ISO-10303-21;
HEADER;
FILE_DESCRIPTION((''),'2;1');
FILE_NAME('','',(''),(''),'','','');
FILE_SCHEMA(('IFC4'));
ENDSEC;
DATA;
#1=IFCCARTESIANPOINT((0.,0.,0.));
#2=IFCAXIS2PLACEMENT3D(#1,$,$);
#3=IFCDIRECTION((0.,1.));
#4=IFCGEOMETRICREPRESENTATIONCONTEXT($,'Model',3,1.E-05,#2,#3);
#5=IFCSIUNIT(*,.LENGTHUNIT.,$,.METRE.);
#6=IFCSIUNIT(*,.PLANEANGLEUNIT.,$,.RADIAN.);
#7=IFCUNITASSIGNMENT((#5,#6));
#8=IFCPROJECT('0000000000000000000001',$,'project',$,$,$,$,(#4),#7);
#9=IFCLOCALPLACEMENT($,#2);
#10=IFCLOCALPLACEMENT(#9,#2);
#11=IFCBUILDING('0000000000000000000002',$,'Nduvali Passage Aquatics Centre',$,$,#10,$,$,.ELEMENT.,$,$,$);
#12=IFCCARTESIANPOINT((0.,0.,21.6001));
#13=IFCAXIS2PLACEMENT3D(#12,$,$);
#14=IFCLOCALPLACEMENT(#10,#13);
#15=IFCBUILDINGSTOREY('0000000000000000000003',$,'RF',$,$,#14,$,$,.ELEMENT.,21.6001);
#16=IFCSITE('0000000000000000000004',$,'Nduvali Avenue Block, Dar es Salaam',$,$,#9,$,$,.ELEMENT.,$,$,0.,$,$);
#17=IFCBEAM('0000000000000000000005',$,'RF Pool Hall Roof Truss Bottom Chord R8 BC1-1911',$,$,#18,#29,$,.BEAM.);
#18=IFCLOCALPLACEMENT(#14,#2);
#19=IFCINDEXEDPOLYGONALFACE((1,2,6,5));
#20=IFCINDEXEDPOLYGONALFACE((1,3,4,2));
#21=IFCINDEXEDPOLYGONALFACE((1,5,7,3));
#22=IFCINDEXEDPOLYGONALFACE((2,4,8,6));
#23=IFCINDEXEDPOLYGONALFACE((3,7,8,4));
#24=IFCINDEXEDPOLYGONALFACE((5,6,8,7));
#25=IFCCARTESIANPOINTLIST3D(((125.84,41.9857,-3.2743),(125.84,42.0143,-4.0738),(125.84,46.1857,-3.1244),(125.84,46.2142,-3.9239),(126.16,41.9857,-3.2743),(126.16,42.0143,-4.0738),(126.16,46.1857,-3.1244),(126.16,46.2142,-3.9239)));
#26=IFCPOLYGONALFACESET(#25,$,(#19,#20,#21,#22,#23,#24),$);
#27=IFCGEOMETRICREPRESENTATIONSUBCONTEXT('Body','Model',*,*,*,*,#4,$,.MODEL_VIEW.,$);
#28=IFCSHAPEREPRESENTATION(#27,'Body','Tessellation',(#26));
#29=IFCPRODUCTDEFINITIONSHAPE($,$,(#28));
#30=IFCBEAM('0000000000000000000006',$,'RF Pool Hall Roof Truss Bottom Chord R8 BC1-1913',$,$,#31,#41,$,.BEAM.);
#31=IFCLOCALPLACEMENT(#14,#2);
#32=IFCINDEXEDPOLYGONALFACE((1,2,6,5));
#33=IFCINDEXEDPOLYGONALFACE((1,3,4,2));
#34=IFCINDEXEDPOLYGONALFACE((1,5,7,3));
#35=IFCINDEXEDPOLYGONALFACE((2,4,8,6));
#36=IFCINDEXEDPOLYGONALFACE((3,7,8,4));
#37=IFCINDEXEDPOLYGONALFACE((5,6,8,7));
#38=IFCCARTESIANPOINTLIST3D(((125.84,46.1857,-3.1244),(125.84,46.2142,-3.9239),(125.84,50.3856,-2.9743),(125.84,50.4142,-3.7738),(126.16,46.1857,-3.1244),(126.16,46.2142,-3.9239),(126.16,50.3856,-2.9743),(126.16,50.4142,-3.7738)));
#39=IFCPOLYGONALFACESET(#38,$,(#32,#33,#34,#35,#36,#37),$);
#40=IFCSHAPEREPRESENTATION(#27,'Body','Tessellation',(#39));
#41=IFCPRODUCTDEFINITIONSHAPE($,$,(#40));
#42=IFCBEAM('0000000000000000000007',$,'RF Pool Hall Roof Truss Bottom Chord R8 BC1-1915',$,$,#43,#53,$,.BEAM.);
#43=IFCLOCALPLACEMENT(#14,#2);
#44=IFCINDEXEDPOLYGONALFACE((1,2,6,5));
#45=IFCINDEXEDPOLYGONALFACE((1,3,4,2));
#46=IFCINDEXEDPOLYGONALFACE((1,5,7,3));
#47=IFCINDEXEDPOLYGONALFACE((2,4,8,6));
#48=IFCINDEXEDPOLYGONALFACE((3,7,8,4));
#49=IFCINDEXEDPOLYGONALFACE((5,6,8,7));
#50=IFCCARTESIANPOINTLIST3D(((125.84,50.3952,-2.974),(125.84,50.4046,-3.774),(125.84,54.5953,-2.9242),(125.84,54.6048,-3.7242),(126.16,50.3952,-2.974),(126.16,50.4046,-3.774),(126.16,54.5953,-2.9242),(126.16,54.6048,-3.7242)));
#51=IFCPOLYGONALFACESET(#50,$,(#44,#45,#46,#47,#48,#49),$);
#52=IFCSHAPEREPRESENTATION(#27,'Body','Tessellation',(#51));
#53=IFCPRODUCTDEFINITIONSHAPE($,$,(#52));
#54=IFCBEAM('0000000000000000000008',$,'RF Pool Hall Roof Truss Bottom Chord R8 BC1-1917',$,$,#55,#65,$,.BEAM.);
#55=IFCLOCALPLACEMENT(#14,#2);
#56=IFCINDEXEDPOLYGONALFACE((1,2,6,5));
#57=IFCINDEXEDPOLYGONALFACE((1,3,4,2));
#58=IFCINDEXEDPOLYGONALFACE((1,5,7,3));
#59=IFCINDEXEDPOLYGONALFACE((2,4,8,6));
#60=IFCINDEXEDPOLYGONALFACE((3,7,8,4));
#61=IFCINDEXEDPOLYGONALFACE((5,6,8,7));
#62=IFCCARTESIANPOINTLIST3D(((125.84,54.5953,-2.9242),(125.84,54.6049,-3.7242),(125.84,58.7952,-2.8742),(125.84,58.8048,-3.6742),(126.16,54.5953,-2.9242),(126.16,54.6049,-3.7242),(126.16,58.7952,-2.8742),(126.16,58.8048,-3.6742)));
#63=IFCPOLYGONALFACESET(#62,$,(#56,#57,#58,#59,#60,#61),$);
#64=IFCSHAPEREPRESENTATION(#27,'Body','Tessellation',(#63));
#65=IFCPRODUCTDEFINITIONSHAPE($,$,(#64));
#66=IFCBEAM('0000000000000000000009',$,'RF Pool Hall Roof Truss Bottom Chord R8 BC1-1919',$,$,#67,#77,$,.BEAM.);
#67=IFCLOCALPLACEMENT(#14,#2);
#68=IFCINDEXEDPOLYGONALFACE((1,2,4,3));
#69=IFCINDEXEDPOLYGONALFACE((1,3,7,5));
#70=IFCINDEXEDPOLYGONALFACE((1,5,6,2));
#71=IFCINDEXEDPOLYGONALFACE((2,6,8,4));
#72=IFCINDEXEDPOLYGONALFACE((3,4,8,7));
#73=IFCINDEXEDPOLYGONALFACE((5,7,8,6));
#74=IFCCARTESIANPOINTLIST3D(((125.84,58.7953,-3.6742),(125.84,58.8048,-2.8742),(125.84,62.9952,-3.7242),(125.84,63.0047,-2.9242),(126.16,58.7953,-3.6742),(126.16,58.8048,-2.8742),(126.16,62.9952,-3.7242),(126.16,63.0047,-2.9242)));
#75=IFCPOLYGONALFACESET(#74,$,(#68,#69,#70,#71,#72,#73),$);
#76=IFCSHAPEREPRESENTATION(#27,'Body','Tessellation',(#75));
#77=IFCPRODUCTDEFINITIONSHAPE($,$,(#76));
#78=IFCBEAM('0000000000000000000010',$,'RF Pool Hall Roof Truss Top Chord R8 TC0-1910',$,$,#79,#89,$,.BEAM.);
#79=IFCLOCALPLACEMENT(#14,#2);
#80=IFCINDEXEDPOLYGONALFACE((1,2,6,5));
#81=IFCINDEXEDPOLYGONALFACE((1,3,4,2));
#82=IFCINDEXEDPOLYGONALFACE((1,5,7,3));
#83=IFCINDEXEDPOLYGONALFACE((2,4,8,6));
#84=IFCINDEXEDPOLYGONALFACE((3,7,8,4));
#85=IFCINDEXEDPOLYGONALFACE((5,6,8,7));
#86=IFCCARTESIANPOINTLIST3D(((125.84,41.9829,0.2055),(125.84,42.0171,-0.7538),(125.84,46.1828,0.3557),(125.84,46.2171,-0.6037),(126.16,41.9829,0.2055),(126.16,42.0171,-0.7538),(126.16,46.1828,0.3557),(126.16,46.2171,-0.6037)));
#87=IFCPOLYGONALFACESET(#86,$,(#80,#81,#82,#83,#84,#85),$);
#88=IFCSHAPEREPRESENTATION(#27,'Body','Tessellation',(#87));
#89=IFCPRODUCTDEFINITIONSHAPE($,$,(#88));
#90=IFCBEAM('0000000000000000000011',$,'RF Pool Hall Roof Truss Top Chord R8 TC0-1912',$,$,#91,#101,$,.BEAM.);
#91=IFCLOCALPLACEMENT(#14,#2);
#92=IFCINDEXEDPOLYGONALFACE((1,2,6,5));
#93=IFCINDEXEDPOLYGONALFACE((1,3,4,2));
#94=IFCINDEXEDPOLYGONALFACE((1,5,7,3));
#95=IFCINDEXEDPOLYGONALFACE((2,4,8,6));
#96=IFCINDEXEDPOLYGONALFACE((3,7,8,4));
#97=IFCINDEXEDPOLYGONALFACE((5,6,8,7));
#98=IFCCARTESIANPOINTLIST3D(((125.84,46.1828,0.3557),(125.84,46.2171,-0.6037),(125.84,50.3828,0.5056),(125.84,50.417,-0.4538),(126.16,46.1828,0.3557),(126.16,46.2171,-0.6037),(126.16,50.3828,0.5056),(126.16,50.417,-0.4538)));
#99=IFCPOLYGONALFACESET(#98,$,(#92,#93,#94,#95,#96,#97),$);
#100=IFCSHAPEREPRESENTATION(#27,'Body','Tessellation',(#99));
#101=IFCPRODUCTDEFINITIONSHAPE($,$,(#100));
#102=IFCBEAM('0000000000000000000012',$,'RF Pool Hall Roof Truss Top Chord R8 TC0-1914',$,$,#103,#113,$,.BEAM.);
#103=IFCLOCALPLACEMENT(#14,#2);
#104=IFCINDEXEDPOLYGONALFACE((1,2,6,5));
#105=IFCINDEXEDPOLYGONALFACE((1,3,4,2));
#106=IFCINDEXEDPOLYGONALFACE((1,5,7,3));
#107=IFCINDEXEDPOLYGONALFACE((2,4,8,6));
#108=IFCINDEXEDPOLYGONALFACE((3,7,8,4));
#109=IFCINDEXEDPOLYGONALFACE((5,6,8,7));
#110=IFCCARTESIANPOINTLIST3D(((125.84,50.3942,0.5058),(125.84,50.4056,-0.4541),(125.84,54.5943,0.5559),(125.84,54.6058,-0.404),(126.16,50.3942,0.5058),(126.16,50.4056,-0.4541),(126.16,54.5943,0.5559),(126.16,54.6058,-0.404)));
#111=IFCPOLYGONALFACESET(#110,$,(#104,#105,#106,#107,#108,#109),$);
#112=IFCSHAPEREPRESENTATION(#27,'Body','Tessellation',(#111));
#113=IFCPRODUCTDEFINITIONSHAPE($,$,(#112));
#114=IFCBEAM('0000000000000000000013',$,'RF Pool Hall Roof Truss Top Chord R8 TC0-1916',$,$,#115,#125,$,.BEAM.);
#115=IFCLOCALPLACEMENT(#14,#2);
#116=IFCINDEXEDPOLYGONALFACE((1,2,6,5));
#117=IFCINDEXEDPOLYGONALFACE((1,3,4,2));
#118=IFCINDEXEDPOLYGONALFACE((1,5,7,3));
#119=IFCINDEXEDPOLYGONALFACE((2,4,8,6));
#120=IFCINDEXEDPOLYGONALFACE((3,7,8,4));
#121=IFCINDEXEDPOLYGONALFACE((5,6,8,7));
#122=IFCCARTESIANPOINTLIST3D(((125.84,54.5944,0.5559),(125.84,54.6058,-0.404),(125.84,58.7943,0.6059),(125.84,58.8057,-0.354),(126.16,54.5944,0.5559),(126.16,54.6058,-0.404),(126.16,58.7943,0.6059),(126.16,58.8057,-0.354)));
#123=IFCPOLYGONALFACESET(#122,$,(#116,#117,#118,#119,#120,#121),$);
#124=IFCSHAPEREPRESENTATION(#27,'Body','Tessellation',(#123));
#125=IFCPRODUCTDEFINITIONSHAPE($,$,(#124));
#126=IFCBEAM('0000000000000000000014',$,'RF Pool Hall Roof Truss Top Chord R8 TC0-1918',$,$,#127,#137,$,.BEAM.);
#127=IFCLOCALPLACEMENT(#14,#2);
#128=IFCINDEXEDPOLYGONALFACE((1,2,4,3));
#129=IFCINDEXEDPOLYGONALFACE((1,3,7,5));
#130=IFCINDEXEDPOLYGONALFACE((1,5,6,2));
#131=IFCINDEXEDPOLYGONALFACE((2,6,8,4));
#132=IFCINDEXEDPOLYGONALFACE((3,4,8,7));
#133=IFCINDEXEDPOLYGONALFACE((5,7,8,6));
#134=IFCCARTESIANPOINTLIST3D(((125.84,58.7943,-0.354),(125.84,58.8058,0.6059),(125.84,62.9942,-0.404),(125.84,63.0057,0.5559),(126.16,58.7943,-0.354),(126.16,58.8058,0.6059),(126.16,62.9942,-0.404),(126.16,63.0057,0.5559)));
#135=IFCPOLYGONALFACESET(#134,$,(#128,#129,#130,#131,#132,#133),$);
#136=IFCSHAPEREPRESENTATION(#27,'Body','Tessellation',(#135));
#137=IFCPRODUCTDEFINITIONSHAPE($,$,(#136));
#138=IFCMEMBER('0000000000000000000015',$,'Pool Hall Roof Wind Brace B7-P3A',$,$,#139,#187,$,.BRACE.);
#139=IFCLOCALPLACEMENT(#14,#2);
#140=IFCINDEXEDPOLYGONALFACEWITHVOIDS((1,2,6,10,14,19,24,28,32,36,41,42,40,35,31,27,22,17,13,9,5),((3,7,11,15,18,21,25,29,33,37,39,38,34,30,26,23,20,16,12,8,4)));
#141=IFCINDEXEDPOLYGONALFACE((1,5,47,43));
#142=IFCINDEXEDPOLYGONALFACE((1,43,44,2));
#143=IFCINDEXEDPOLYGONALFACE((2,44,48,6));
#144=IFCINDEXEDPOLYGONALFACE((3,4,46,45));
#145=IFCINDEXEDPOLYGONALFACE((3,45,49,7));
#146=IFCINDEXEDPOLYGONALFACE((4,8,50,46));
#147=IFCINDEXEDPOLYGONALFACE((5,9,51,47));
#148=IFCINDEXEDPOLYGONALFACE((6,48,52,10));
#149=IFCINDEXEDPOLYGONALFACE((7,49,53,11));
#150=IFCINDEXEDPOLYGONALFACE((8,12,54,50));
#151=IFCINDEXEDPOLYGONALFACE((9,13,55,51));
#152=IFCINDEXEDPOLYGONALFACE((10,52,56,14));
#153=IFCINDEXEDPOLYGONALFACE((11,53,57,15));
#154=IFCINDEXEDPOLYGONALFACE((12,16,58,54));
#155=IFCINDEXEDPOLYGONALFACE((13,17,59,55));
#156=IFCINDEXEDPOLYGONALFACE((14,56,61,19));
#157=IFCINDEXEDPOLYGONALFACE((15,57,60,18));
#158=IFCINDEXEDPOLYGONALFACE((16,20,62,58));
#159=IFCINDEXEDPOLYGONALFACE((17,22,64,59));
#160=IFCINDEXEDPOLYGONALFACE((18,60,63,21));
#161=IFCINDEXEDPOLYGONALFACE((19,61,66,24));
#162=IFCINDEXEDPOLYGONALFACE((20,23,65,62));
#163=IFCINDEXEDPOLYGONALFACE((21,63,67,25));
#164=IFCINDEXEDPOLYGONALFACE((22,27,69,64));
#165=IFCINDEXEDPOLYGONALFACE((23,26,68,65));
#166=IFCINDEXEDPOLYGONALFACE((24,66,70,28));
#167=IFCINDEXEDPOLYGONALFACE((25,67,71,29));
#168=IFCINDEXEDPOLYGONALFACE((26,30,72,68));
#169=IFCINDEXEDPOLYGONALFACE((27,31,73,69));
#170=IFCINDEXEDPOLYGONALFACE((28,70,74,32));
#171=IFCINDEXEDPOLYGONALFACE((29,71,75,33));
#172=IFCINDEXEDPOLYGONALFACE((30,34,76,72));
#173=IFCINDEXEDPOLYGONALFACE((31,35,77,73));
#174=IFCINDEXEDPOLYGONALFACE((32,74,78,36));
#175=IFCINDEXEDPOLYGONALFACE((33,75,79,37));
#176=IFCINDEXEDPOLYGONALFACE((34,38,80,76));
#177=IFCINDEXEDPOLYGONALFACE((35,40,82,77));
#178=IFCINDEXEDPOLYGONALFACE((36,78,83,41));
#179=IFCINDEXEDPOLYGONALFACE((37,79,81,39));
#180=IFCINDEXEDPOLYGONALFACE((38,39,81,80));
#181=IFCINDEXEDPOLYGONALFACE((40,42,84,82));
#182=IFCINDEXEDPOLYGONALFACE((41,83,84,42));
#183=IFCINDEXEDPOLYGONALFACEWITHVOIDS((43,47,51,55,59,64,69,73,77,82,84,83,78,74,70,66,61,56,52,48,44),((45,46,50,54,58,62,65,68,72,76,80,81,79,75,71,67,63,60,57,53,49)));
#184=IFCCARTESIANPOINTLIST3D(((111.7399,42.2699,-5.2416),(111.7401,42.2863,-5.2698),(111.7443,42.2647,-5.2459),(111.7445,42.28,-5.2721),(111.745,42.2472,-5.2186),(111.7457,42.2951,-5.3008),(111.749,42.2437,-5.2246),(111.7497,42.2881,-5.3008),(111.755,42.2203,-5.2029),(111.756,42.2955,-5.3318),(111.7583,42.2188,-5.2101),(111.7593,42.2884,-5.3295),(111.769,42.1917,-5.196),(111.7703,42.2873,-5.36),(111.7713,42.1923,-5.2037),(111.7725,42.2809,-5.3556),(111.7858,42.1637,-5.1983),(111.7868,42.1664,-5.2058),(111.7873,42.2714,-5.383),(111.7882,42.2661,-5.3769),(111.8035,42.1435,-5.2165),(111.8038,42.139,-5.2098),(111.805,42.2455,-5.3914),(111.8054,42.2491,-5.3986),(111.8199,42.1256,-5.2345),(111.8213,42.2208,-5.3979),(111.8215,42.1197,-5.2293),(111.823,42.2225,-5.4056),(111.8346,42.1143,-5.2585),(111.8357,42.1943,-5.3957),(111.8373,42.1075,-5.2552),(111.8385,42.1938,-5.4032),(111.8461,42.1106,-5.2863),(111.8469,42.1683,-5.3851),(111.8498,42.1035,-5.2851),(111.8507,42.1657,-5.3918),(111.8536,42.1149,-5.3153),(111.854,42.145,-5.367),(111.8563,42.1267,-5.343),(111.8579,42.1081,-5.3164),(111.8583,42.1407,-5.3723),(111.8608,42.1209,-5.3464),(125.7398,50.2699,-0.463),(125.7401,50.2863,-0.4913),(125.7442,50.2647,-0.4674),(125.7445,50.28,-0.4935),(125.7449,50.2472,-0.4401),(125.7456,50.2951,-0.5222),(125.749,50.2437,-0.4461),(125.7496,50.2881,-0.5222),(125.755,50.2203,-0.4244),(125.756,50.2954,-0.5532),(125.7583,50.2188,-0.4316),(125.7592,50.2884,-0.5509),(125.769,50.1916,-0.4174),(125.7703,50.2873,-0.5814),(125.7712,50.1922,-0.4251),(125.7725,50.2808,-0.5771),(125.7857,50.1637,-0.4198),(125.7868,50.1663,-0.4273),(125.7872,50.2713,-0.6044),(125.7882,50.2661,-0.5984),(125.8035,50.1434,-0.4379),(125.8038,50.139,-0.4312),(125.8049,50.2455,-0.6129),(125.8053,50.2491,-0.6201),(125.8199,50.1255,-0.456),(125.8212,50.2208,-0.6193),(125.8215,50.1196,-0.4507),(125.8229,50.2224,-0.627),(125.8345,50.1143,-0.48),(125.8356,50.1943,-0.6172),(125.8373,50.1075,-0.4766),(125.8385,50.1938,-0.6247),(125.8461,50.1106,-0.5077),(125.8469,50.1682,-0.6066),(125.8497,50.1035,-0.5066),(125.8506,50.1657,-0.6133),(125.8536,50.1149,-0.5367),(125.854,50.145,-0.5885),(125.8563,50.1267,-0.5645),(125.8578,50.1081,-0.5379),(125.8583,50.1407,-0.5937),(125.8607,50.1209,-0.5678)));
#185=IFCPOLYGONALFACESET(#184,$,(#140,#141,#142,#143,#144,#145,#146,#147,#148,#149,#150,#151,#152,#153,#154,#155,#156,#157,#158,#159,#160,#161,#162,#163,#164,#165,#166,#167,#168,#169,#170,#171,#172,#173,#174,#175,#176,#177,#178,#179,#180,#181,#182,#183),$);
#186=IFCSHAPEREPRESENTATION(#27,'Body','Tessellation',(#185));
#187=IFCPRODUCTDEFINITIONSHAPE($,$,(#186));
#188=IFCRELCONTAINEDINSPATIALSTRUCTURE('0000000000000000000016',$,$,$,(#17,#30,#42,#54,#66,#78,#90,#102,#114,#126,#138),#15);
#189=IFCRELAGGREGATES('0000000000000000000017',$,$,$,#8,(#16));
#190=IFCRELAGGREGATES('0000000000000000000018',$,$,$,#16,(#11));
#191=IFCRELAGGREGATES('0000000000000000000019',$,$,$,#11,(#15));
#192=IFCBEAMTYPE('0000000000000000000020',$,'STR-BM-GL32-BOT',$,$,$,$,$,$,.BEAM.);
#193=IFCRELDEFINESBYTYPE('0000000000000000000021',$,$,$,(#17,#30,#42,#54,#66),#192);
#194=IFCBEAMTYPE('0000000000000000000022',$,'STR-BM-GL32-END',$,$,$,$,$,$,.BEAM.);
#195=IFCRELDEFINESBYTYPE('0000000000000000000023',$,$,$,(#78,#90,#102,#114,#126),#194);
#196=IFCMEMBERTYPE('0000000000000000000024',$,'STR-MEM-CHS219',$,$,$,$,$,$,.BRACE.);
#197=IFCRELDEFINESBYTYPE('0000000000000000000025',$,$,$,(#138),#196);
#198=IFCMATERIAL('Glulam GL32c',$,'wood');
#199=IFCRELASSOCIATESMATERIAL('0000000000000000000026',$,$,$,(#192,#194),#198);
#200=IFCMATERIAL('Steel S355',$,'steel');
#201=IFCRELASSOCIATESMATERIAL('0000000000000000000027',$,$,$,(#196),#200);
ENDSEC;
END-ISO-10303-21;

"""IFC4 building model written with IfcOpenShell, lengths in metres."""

from ifc_helpers import new_model, si_unit, direction, frame, origin, origin_2d, place, context, subcontext, project, spatial, rectangle, hollow_circle, extrude, material, material_profile, profile_set, type_object, element, save


model = new_model("IFC4")

# Units and contexts
model_context = context("Model", 3, precision=1e-05, world=origin(), true_north=direction((0.0, 1.0)))
body_context = subcontext(model_context, "Body", "Model", "MODEL_VIEW")
ifc_project = project(units=[si_unit("LENGTHUNIT", "METRE"), si_unit("PLANEANGLEUNIT", "RADIAN")], contexts=[model_context])

# Site, building, storey
site_placement = place(None, origin())
site = spatial("IfcSite", under=ifc_project, at=site_placement, Name="Nduvali Avenue Block, Dar es Salaam", CompositionType="ELEMENT", RefElevation=0.0)
building_placement = place(site_placement, origin())
building = spatial("IfcBuilding", under=site, at=building_placement, Name="Nduvali Passage Aquatics Centre", CompositionType="ELEMENT")
storey_placement = place(building_placement, frame((0.0, 0.0, 21.6001)))
storey = spatial("IfcBuildingStorey", under=building, at=storey_placement, Name="RF", CompositionType="ELEMENT", Elevation=21.6001)

# Beams
ifc_material_1 = material(Name="Glulam GL32c", Category="wood")
ifc_material_profile_1 = material_profile(ifc_material_1, rectangle(XDim=0.3201, YDim=0.8, at=origin_2d()), Name="GL32c 320x800")
ifc_profile_set_1 = profile_set([ifc_material_profile_1], Name="Glulam GL32c")
beam_type_1 = type_object("IfcBeamType", Name="STR-BM-GL32-BOT", PredefinedType="BEAM", material=ifc_profile_set_1)
for number, where, z_axis, x_axis, name in (
    (1, (126.0, 42.0, -3.6741), (0.0, 0.999364, 0.035669), (-1.0, 0.0, 0.0), "RF Pool Hall Roof Truss Bottom Chord R8 BC1-1911"),
    (2, (126.0, 46.2, -3.5242), (0.0, 0.999362, 0.035727), (-1.0, 0.0, 0.0), "RF Pool Hall Roof Truss Bottom Chord R8 BC1-1913"),
):
    element("IfcBeam", number, at=place(storey_placement, frame(where, z_axis=z_axis, x_axis=x_axis)), inside=storey, type_object=beam_type_1, Name=name, PredefinedType="BEAM", context=body_context, shape_type="SweptSolid", body=[
        extrude(rectangle(XDim=0.3201, YDim=0.8, at=origin_2d()), origin(), (0.0, 0.0, 1.0), 4.2026),
    ])
beam_1_placement = place(storey_placement, frame((126.0, 50.3999, -3.374), z_axis=(0.0, 0.99993, 0.011857), x_axis=(-1.0, 0.0, 0.0)))
element("IfcBeam", 3, at=beam_1_placement, inside=storey, type_object=beam_type_1, Name="RF Pool Hall Roof Truss Bottom Chord R8 BC1-1915", PredefinedType="BEAM", context=body_context, shape_type="SweptSolid", body=[
    extrude(rectangle(XDim=0.3201, YDim=0.8, at=origin_2d()), origin(), (0.0, 0.0, 1.0), 4.2004),
])
for number, where, z_axis, x_axis, name in (
    (4, (126.0, 54.6001, -3.3242), (0.0, 0.999929, 0.011916), (-1.0, 0.0, 0.0), "RF Pool Hall Roof Truss Bottom Chord R8 BC1-1917"),
    (5, (126.0, 58.8, -3.2742), (0.0, 0.999929, -0.011916), (-1.0, 0.0, 0.0), "RF Pool Hall Roof Truss Bottom Chord R8 BC1-1919"),
):
    element("IfcBeam", number, at=place(storey_placement, frame(where, z_axis=z_axis, x_axis=x_axis)), inside=storey, type_object=beam_type_1, Name=name, PredefinedType="BEAM", context=body_context, shape_type="SweptSolid", body=[
        extrude(rectangle(XDim=0.3201, YDim=0.8, at=origin_2d()), origin(), (0.0, 0.0, 1.0), 4.2002),
    ])
ifc_material_profile_2 = material_profile(ifc_material_1, rectangle(XDim=0.3201, YDim=0.96, at=origin_2d()), Name="GL32c 320x960")
ifc_profile_set_2 = profile_set([ifc_material_profile_2], Name="Glulam GL32c")
beam_type_2 = type_object("IfcBeamType", Name="STR-BM-GL32-END", PredefinedType="BEAM", material=ifc_profile_set_2)
for number, where, z_axis, x_axis, name in (
    (6, (126.0, 42.0, -0.2742), (0.0, 0.999362, 0.035727), (-1.0, 0.0, 0.0), "RF Pool Hall Roof Truss Top Chord R8 TC0-1910"),
    (7, (126.0, 46.2, -0.124), (0.0, 0.999364, 0.035669), (-1.0, 0.0, 0.0), "RF Pool Hall Roof Truss Top Chord R8 TC0-1912"),
):
    element("IfcBeam", number, at=place(storey_placement, frame(where, z_axis=z_axis, x_axis=x_axis)), inside=storey, type_object=beam_type_2, Name=name, PredefinedType="BEAM", context=body_context, shape_type="SweptSolid", body=[
        extrude(rectangle(XDim=0.3201, YDim=0.96, at=origin_2d()), origin(), (0.0, 0.0, 1.0), 4.2026),
    ])
beam_2_placement = place(storey_placement, frame((126.0, 50.3999, 0.0259), z_axis=(0.0, 0.999929, 0.011915), x_axis=(-1.0, 0.0, 0.0)))
element("IfcBeam", 8, at=beam_2_placement, inside=storey, type_object=beam_type_2, Name="RF Pool Hall Roof Truss Top Chord R8 TC0-1914", PredefinedType="BEAM", context=body_context, shape_type="SweptSolid", body=[
    extrude(rectangle(XDim=0.3201, YDim=0.96, at=origin_2d()), origin(), (0.0, 0.0, 1.0), 4.2004),
])
for number, where, z_axis, x_axis, name in (
    (9, (126.0, 54.6001, 0.0759), (0.0, 0.999929, 0.011916), (-1.0, 0.0, 0.0), "RF Pool Hall Roof Truss Top Chord R8 TC0-1916"),
    (10, (126.0, 58.8, 0.126), (0.0, 0.999929, -0.011916), (-1.0, 0.0, 0.0), "RF Pool Hall Roof Truss Top Chord R8 TC0-1918"),
):
    element("IfcBeam", number, at=place(storey_placement, frame(where, z_axis=z_axis, x_axis=x_axis)), inside=storey, type_object=beam_type_2, Name=name, PredefinedType="BEAM", context=body_context, shape_type="SweptSolid", body=[
        extrude(rectangle(XDim=0.3201, YDim=0.96, at=origin_2d()), origin(), (0.0, 0.0, 1.0), 4.2002),
    ])

# Member
ifc_material_2 = material(Name="Steel S355", Category="steel")
ifc_material_profile_3 = material_profile(ifc_material_2, hollow_circle(Radius=0.1096, WallThickness=0.0081, at=origin_2d()), Name="CHS 219.1x8.0")
ifc_profile_set_3 = profile_set([ifc_material_profile_3], Name="Steel S355")
member_type_1 = type_object("IfcMemberType", Name="STR-MEM-CHS219", PredefinedType="BRACE", material=ifc_profile_set_3)
member_1_placement = place(storey_placement, frame((111.8, 42.2, -5.3008), z_axis=(0.832457, 0.47569, 0.284139), x_axis=(-0.496139, 0.868243, 0.0)))
element("IfcMember", 11, at=member_1_placement, inside=storey, type_object=member_type_1, Name="Pool Hall Roof Wind Brace B7-P3A", PredefinedType="BRACE", context=body_context, shape_type="SweptSolid", body=[
    extrude(hollow_circle(Radius=0.1096, WallThickness=0.0081, at=origin_2d()), origin(), (0.0, 0.0, 1.0), 16.8176),
])

save(model, "model.ifc")
